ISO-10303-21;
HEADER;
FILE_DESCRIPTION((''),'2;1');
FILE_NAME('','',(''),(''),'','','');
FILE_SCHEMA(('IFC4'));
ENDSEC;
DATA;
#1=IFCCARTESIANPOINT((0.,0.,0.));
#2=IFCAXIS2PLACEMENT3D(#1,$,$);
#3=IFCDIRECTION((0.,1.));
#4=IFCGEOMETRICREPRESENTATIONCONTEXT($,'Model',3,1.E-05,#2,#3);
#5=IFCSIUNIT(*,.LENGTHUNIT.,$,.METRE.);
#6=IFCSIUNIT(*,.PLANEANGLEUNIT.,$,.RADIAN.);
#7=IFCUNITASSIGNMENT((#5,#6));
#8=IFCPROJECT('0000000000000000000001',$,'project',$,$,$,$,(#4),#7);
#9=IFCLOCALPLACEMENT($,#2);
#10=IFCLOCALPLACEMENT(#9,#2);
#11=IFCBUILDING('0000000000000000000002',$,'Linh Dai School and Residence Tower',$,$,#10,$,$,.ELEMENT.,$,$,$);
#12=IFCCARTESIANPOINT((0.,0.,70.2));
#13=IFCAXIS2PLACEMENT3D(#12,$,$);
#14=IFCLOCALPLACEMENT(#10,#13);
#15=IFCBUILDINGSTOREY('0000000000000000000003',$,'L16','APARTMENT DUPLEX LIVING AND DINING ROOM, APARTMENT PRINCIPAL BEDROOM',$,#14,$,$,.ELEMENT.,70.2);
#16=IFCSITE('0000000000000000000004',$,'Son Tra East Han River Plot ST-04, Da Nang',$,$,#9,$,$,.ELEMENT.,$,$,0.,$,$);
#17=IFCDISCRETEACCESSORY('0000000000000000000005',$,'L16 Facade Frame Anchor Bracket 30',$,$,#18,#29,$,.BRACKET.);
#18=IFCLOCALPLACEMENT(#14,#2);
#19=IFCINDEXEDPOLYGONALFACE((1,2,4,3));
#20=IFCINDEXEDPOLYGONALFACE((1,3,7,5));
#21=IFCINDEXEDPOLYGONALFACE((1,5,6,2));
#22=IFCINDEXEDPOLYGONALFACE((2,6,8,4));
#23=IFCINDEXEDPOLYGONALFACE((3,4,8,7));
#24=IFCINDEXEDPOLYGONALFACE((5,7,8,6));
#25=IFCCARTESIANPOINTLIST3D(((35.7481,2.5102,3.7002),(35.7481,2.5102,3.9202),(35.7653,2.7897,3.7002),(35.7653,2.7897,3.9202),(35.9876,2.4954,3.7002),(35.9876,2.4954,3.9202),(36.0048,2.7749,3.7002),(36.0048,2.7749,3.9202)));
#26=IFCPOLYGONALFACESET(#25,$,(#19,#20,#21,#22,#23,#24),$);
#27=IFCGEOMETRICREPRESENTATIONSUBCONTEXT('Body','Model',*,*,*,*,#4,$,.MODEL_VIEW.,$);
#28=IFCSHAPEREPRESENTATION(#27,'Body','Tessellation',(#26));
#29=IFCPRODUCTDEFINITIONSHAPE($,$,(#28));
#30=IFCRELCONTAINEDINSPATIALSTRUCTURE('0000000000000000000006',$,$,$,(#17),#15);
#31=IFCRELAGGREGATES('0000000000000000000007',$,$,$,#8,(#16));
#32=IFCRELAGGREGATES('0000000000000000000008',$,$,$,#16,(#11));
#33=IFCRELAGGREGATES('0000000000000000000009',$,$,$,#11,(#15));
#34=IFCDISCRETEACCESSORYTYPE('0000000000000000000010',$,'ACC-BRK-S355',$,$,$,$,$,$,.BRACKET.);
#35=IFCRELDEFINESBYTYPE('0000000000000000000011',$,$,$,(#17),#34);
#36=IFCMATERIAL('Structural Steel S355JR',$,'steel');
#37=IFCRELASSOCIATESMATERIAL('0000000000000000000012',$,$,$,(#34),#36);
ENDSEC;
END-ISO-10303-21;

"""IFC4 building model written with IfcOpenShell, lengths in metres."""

from ifc_helpers import new_model, si_unit, direction, frame, origin, origin_2d, place, context, subcontext, project, spatial, rectangle, extrude, source, transform, mapped, material, type_object, element, save


model = new_model("IFC4")

# Units and contexts
model_context = context("Model", 3, precision=1e-05, world=origin(), true_north=direction((0.0, 1.0)))
body_context = subcontext(model_context, "Body", "Model", "MODEL_VIEW")
ifc_project = project(units=[si_unit("LENGTHUNIT", "METRE"), si_unit("PLANEANGLEUNIT", "RADIAN")], contexts=[model_context])

# Site, building, storey
site_placement = place(None, origin())
site = spatial("IfcSite", under=ifc_project, at=site_placement, Name="Son Tra East Han River Plot ST-04, Da Nang", CompositionType="ELEMENT", RefElevation=0.0)
building_placement = place(site_placement, origin())
building = spatial("IfcBuilding", under=site, at=building_placement, Name="Linh Dai School and Residence Tower", CompositionType="ELEMENT")
storey_placement = place(building_placement, frame((0.0, 0.0, 70.2)))
storey = spatial("IfcBuildingStorey", under=building, at=storey_placement, Name="L16", Description="APARTMENT DUPLEX LIVING AND DINING ROOM, APARTMENT PRINCIPAL BEDROOM", CompositionType="ELEMENT", Elevation=70.2)

# Shared definitions
ifc_material_1 = material(Name="Structural Steel S355JR", Category="steel")

# Discrete accessory
discrete_accessory_type = type_object("IfcDiscreteAccessoryType", Name="ACC-BRK-S355", PredefinedType="BRACKET", material=ifc_material_1)
shared_shape_1 = source(origin(), body_context, "Body", "SweptSolid", [
    extrude(rectangle(XDim=0.28, YDim=0.24, at=origin_2d()), origin(), (0.0, 0.0, 1.0), 0.22),
])
discrete_accessory_placement = place(storey_placement, frame((35.8765, 2.6426, 3.7002), z_axis=(0.0, 0.0, 1.0), x_axis=(-0.061507, -0.998107, 0.0)))
element("IfcDiscreteAccessory", 1, at=discrete_accessory_placement, inside=storey, type_object=discrete_accessory_type, Name="L16 Facade Frame Anchor Bracket 30", PredefinedType="BRACKET", context=body_context, shape_type="MappedRepresentation", body=[
    mapped(shared_shape_1, transform((0.0, 0.0, 0.0), x_axis=(1.0, 0.0, 0.0), y_axis=(0.0, 1.0, 0.0), z_axis=(0.0, 0.0, 1.0), scale=1.0)),
])

save(model, "model.ifc")
